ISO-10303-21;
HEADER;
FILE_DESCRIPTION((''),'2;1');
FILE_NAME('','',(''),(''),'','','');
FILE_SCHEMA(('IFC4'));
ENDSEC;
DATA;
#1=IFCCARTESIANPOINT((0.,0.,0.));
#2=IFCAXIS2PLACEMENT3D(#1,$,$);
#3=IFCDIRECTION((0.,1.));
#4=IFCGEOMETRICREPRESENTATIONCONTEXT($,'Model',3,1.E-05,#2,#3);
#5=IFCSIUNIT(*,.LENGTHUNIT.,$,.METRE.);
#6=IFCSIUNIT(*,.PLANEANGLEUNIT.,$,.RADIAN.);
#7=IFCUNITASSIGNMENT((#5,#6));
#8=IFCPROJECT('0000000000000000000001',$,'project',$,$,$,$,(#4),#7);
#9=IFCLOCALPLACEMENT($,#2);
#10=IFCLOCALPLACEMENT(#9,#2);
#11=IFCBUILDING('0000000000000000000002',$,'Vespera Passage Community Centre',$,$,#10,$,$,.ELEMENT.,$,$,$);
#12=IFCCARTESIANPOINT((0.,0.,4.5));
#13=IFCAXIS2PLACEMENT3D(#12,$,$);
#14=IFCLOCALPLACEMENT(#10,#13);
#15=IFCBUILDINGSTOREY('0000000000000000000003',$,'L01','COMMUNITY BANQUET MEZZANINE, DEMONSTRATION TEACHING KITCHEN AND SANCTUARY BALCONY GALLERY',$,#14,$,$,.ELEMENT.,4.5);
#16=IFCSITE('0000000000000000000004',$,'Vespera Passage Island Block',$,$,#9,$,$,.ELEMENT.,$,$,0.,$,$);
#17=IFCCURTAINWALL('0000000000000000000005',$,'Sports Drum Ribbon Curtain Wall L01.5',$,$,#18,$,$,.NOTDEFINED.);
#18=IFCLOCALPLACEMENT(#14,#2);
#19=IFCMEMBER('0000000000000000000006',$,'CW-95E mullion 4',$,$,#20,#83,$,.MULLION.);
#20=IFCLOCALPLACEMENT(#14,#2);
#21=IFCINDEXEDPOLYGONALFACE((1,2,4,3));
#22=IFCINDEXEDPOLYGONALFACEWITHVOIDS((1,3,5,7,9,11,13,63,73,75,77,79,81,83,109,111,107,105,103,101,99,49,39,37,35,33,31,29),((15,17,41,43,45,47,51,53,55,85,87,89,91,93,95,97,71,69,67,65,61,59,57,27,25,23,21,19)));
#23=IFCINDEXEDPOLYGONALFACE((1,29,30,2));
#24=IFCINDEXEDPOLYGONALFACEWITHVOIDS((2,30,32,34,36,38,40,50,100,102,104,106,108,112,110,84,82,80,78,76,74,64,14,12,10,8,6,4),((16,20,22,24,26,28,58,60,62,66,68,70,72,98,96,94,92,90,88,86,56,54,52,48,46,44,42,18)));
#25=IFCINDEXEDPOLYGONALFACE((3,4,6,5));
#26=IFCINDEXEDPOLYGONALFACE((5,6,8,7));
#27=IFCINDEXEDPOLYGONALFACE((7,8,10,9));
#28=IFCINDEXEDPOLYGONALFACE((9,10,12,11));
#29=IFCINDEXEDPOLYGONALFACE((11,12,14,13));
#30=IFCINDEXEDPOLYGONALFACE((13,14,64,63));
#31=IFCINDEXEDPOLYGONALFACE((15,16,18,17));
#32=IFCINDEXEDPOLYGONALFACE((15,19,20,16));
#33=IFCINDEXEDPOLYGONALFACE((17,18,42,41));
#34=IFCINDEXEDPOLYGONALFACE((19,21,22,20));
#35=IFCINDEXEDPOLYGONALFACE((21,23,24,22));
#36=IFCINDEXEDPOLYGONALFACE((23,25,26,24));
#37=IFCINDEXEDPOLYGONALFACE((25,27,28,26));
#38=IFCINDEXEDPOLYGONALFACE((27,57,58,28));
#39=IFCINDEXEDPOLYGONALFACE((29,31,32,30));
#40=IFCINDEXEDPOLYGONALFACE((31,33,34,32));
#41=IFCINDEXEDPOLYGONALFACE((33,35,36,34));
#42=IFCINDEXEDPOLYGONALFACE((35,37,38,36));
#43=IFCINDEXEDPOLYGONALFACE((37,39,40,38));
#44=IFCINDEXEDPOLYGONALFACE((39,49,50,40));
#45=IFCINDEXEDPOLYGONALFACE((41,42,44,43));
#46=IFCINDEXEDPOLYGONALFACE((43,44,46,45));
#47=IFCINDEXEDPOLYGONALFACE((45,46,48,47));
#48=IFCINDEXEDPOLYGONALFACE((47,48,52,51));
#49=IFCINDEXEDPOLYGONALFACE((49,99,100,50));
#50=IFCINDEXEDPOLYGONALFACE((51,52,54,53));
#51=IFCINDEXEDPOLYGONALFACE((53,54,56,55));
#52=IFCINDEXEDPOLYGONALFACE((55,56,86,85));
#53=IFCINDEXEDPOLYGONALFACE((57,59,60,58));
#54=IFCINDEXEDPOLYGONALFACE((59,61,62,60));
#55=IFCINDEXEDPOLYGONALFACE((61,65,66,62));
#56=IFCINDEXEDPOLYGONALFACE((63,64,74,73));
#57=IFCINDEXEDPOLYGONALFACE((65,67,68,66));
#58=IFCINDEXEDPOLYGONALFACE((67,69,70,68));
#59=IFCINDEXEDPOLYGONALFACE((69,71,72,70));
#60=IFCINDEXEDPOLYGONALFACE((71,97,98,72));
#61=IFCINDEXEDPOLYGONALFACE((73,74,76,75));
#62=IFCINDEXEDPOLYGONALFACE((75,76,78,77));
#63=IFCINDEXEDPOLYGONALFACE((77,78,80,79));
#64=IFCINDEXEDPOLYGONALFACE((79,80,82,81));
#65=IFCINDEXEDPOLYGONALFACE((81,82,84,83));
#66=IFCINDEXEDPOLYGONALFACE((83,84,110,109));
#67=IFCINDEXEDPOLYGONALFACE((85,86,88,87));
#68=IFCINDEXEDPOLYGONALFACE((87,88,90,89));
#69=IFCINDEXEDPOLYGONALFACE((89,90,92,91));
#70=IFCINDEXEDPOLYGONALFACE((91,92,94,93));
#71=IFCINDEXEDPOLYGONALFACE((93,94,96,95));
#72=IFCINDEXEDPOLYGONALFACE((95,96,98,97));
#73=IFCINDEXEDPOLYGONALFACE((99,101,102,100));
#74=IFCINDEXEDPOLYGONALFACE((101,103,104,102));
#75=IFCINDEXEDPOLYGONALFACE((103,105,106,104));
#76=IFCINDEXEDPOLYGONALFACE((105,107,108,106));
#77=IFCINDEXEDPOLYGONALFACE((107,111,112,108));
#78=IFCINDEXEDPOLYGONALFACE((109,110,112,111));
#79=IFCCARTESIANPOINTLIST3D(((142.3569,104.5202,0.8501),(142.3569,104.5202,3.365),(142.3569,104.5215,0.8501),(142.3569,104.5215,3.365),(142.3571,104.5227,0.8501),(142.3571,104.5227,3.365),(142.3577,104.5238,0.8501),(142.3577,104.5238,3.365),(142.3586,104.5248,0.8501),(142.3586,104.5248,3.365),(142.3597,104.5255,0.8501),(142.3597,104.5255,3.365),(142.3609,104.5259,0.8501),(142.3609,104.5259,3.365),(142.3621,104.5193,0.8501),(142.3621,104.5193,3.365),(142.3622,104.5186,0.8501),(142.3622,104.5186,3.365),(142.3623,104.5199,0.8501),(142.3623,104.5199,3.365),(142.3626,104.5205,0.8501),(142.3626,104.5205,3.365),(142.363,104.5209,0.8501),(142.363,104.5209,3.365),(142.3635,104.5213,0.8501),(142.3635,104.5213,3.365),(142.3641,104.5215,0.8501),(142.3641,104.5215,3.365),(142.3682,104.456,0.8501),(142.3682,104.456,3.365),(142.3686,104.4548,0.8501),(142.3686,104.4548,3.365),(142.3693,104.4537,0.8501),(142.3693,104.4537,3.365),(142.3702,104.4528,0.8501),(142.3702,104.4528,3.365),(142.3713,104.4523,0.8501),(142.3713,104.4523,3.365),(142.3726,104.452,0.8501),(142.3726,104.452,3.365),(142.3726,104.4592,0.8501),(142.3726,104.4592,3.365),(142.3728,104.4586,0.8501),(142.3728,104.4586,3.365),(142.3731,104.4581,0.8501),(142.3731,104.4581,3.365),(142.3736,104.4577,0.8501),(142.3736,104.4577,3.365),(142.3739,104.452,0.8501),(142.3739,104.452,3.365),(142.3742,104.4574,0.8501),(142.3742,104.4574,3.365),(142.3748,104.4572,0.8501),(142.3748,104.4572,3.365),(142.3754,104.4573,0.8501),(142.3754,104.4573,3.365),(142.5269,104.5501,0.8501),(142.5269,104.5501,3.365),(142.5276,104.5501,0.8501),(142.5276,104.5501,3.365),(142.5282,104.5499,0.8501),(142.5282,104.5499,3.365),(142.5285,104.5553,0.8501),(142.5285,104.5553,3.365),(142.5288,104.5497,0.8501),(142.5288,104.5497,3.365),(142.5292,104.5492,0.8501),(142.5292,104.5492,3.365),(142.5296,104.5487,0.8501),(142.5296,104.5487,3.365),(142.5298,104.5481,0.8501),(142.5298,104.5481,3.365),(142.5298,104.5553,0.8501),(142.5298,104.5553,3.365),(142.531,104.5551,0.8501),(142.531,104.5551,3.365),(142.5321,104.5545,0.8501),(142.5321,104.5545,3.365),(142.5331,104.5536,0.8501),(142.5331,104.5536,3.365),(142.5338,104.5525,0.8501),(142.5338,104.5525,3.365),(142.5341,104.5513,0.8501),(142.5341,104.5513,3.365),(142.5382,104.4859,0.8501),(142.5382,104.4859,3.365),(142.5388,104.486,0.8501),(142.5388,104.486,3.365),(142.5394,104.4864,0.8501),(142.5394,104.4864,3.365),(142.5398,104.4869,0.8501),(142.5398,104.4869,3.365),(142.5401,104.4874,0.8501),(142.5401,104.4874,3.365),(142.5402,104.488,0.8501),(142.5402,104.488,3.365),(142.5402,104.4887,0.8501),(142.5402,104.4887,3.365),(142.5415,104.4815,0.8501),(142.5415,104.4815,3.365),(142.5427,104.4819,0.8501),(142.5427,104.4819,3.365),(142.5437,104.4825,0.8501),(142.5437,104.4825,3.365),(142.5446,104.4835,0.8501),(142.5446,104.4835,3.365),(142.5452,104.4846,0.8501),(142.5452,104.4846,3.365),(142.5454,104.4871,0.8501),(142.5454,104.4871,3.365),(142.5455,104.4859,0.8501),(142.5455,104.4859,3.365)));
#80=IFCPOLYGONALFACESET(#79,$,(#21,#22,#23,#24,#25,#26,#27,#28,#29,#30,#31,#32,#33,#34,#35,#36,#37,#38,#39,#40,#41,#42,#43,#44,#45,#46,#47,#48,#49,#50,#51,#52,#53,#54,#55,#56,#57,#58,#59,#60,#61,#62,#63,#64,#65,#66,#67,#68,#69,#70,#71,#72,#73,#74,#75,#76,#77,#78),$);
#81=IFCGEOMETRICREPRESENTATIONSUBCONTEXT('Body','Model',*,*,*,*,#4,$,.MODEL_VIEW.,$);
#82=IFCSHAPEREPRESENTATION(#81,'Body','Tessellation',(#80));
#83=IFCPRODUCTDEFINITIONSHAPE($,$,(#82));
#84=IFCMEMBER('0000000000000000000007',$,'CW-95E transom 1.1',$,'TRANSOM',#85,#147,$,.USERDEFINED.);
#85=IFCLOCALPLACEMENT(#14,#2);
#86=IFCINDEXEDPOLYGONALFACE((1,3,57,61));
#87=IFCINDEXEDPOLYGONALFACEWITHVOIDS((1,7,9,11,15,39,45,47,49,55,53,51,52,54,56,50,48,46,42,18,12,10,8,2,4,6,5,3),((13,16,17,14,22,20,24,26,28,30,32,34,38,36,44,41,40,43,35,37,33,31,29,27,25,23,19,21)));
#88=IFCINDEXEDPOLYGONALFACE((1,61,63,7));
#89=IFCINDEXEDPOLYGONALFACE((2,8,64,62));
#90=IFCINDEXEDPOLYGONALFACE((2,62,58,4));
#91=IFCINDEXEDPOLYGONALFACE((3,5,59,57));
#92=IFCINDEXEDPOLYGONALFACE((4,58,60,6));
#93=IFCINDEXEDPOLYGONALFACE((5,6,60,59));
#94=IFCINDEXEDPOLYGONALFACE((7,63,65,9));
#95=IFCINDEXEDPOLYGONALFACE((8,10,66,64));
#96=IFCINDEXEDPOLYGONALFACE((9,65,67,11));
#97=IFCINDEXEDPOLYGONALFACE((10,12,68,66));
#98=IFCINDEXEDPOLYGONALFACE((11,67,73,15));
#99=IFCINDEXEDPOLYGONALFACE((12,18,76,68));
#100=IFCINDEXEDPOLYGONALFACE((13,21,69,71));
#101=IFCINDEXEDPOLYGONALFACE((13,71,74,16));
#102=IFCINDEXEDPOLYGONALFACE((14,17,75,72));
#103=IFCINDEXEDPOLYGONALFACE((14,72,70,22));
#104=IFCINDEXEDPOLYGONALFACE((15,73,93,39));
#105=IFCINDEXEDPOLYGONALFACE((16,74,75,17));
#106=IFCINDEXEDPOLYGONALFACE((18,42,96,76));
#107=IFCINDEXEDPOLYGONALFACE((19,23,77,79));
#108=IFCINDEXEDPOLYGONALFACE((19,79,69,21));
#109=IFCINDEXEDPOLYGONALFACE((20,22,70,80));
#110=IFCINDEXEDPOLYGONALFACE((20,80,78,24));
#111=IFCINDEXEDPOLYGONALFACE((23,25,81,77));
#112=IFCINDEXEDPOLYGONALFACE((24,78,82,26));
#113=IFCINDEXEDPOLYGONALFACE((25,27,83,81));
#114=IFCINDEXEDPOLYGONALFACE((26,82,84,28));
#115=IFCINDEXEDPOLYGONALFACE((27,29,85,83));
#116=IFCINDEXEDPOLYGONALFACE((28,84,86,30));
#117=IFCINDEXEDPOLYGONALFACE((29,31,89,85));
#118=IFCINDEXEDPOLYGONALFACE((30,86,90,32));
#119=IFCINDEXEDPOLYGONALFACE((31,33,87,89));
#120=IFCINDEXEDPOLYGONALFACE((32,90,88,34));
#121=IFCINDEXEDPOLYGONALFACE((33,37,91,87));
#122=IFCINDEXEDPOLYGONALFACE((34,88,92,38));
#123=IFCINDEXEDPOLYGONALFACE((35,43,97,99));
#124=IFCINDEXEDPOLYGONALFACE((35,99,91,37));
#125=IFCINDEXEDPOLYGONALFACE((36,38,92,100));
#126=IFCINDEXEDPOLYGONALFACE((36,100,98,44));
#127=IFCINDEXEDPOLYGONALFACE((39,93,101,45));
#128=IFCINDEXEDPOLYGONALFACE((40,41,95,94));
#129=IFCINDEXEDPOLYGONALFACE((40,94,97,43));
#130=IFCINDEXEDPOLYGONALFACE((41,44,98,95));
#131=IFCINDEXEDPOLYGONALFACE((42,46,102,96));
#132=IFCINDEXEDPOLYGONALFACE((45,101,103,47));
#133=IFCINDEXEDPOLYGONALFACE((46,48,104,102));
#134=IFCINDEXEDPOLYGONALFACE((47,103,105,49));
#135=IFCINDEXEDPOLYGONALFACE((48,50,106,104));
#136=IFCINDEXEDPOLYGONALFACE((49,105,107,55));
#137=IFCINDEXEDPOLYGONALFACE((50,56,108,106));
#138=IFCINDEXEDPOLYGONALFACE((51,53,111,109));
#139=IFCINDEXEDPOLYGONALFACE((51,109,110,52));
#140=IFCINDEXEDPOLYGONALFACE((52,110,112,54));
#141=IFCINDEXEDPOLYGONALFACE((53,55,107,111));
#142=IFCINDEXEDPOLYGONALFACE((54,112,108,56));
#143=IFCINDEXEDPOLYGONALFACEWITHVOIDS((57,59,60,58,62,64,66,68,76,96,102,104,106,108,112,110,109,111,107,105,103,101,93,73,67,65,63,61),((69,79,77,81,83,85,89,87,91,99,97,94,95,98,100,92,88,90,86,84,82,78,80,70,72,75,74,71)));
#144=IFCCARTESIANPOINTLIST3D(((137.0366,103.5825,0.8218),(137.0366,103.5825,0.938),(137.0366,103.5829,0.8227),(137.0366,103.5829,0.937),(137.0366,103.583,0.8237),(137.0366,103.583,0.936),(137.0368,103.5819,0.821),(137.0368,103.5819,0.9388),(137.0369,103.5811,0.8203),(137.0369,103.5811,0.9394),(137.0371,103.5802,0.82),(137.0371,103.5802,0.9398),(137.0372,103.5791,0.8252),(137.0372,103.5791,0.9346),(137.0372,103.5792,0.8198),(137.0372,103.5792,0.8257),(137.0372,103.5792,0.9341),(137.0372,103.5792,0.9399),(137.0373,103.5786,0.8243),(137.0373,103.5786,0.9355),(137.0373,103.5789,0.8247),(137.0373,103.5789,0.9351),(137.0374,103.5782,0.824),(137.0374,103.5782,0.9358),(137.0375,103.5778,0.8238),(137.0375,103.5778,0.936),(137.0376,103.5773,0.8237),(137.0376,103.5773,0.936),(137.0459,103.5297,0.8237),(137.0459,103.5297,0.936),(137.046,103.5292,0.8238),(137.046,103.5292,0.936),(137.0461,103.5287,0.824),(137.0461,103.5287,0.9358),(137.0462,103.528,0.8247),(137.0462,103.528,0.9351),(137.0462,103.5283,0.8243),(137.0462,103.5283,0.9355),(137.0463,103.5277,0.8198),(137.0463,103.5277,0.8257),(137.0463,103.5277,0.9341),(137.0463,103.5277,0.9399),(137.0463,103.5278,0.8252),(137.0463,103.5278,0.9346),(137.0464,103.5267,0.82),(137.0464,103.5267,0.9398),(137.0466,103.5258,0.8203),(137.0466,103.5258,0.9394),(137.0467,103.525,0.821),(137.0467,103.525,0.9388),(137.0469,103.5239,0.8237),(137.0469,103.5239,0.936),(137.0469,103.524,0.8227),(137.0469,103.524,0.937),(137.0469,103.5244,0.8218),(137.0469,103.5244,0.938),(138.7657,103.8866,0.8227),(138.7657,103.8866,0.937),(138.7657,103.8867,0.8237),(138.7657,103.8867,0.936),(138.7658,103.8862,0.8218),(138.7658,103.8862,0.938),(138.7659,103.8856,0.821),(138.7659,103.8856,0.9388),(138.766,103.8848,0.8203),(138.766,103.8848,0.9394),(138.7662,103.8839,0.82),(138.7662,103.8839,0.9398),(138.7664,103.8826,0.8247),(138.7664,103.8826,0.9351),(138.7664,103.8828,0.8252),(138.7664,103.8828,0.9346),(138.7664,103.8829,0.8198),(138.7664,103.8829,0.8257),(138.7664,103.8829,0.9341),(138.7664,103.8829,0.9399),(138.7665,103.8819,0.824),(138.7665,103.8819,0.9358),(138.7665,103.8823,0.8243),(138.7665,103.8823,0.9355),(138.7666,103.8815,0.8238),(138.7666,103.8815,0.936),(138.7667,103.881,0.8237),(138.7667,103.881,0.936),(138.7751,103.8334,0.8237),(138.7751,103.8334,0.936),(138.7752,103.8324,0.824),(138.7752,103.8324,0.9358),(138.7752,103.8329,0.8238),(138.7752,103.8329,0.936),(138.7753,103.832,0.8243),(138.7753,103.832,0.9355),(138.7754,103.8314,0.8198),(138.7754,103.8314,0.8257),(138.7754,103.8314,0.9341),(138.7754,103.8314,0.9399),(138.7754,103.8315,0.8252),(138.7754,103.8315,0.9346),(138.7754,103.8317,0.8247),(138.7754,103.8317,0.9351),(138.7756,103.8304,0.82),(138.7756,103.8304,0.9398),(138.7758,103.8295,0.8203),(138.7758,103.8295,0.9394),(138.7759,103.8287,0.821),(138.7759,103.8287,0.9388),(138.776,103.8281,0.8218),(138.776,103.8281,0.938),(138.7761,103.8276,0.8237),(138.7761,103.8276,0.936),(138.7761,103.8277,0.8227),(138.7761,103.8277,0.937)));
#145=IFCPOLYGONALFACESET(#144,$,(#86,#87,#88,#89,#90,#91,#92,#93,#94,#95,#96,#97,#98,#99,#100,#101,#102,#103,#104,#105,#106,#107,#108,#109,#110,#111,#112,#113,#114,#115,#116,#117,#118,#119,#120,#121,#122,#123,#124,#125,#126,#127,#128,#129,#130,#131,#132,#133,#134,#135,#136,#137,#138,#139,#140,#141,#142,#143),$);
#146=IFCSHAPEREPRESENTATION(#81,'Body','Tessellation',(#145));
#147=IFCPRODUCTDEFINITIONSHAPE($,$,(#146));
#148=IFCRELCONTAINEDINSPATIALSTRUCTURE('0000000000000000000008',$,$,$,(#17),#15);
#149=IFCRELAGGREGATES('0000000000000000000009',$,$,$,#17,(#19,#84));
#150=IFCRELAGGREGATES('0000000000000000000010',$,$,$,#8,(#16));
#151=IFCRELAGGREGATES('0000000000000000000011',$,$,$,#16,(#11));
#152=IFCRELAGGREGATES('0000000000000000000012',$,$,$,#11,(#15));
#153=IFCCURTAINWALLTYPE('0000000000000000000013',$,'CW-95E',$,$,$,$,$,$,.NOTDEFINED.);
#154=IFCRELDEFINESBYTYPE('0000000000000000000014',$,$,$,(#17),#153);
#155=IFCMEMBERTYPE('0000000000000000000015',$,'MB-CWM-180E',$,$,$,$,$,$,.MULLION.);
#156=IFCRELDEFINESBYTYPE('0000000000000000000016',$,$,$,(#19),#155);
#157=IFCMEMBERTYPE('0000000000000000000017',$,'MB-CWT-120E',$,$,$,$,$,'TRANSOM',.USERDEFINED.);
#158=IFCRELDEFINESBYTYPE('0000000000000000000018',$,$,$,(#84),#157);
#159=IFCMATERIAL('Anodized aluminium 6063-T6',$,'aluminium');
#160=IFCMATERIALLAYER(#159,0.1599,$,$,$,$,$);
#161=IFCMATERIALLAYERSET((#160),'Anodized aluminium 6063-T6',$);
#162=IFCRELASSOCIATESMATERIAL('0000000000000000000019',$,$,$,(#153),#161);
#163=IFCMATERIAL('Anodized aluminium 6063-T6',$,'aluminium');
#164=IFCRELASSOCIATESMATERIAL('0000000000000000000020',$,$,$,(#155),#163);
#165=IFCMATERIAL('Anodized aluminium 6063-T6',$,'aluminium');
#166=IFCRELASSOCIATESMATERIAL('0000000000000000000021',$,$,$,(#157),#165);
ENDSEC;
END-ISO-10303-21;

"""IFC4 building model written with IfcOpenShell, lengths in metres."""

from ifc_helpers import new_model, si_unit, direction, frame, origin, origin_2d, place, context, subcontext, project, spatial, hollow_rectangle, extrude, material, layer, layer_set, material_profile, profile_set, type_object, element, aggregate, save


model = new_model("IFC4")

# Units and contexts
model_context = context("Model", 3, precision=1e-05, world=origin(), true_north=direction((0.0, 1.0)))
body_context = subcontext(model_context, "Body", "Model", "MODEL_VIEW")
ifc_project = project(units=[si_unit("LENGTHUNIT", "METRE"), si_unit("PLANEANGLEUNIT", "RADIAN")], contexts=[model_context])

# Site, building, storey
site_placement = place(None, origin())
site = spatial("IfcSite", under=ifc_project, at=site_placement, Name="Vespera Passage Island Block", CompositionType="ELEMENT", RefElevation=0.0)
building_placement = place(site_placement, origin())
building = spatial("IfcBuilding", under=site, at=building_placement, Name="Vespera Passage Community Centre", CompositionType="ELEMENT")
storey_placement = place(building_placement, frame((0.0, 0.0, 4.5)))
storey = spatial("IfcBuildingStorey", under=building, at=storey_placement, Name="L01", Description="COMMUNITY BANQUET MEZZANINE, DEMONSTRATION TEACHING KITCHEN AND SANCTUARY BALCONY GALLERY", CompositionType="ELEMENT", Elevation=4.5)

# Curtain wall, members
ifc_material_1 = material(Name="Anodized aluminium 6063-T6", Category="aluminium")
ifc_layer_1 = layer(ifc_material_1, 0.1599)
ifc_layer_set_1 = layer_set([ifc_layer_1], Name="Anodized aluminium 6063-T6")
curtain_wall_type = type_object("IfcCurtainWallType", Name="CW-95E", PredefinedType="NOTDEFINED", material=ifc_layer_set_1)
curtain_wall_placement = place(storey_placement, origin())
curtain_wall = element("IfcCurtainWall", 1, at=curtain_wall_placement, inside=storey, type_object=curtain_wall_type, Name="Sports Drum Ribbon Curtain Wall L01.5", PredefinedType="NOTDEFINED")
ifc_material_2 = material(Name="Anodized aluminium 6063-T6", Category="aluminium")
ifc_material_profile_1 = material_profile(ifc_material_2, hollow_rectangle(XDim=0.075, YDim=0.1799, WallThickness=0.0049, InnerFilletRadius=0.0024, OuterFilletRadius=0.0049, at=origin_2d()), Name="ALU180X75X5")
ifc_profile_set_1 = profile_set([ifc_material_profile_1], Name="Anodized aluminium 6063-T6")
member_type_1 = type_object("IfcMemberType", Name="MB-CWM-180E", PredefinedType="MULLION", material=ifc_profile_set_1)
member_1_placement = place(storey_placement, frame((142.4512, 104.5037, 0.8501), z_axis=(0.0, 0.0, 1.0), x_axis=(-0.172994, 0.984923, 0.0)))
member_1 = element("IfcMember", 2, at=member_1_placement, type_object=member_type_1, Name="CW-95E mullion 4", PredefinedType="MULLION", context=body_context, shape_type="SweptSolid", body=[
    extrude(hollow_rectangle(XDim=0.075, YDim=0.1799, WallThickness=0.0049, InnerFilletRadius=0.0024, OuterFilletRadius=0.0049, at=origin_2d()), origin(), (0.0, 0.0, 1.0), 2.5149),
])
ifc_material_3 = material(Name="Anodized aluminium 6063-T6", Category="aluminium")
ifc_material_profile_2 = material_profile(ifc_material_3, hollow_rectangle(XDim=0.0601, YDim=0.1201, WallThickness=0.0039, InnerFilletRadius=0.002, OuterFilletRadius=0.0039, at=origin_2d()), Name="ALU120X60X4")
ifc_profile_set_2 = profile_set([ifc_material_profile_2], Name="Anodized aluminium 6063-T6")
member_type_2 = type_object("IfcMemberType", Name="MB-CWT-120E", ElementType="TRANSOM", PredefinedType="USERDEFINED", material=ifc_profile_set_2)
member_2_placement = place(storey_placement, frame((137.0417, 103.5535, 0.8799), z_axis=(0.984925, 0.172984, 0.0), x_axis=(-0.172984, 0.984925, 0.0)))
member_2 = element("IfcMember", 3, at=member_2_placement, type_object=member_type_2, Name="CW-95E transom 1.1", ObjectType="TRANSOM", PredefinedType="USERDEFINED", context=body_context, shape_type="SweptSolid", body=[
    extrude(hollow_rectangle(XDim=0.0601, YDim=0.1201, WallThickness=0.0039, InnerFilletRadius=0.002, OuterFilletRadius=0.0039, at=origin_2d()), origin(), (0.0, 0.0, 1.0), 1.7556),
])
aggregate(curtain_wall, [member_1, member_2])

save(model, "model.ifc")
